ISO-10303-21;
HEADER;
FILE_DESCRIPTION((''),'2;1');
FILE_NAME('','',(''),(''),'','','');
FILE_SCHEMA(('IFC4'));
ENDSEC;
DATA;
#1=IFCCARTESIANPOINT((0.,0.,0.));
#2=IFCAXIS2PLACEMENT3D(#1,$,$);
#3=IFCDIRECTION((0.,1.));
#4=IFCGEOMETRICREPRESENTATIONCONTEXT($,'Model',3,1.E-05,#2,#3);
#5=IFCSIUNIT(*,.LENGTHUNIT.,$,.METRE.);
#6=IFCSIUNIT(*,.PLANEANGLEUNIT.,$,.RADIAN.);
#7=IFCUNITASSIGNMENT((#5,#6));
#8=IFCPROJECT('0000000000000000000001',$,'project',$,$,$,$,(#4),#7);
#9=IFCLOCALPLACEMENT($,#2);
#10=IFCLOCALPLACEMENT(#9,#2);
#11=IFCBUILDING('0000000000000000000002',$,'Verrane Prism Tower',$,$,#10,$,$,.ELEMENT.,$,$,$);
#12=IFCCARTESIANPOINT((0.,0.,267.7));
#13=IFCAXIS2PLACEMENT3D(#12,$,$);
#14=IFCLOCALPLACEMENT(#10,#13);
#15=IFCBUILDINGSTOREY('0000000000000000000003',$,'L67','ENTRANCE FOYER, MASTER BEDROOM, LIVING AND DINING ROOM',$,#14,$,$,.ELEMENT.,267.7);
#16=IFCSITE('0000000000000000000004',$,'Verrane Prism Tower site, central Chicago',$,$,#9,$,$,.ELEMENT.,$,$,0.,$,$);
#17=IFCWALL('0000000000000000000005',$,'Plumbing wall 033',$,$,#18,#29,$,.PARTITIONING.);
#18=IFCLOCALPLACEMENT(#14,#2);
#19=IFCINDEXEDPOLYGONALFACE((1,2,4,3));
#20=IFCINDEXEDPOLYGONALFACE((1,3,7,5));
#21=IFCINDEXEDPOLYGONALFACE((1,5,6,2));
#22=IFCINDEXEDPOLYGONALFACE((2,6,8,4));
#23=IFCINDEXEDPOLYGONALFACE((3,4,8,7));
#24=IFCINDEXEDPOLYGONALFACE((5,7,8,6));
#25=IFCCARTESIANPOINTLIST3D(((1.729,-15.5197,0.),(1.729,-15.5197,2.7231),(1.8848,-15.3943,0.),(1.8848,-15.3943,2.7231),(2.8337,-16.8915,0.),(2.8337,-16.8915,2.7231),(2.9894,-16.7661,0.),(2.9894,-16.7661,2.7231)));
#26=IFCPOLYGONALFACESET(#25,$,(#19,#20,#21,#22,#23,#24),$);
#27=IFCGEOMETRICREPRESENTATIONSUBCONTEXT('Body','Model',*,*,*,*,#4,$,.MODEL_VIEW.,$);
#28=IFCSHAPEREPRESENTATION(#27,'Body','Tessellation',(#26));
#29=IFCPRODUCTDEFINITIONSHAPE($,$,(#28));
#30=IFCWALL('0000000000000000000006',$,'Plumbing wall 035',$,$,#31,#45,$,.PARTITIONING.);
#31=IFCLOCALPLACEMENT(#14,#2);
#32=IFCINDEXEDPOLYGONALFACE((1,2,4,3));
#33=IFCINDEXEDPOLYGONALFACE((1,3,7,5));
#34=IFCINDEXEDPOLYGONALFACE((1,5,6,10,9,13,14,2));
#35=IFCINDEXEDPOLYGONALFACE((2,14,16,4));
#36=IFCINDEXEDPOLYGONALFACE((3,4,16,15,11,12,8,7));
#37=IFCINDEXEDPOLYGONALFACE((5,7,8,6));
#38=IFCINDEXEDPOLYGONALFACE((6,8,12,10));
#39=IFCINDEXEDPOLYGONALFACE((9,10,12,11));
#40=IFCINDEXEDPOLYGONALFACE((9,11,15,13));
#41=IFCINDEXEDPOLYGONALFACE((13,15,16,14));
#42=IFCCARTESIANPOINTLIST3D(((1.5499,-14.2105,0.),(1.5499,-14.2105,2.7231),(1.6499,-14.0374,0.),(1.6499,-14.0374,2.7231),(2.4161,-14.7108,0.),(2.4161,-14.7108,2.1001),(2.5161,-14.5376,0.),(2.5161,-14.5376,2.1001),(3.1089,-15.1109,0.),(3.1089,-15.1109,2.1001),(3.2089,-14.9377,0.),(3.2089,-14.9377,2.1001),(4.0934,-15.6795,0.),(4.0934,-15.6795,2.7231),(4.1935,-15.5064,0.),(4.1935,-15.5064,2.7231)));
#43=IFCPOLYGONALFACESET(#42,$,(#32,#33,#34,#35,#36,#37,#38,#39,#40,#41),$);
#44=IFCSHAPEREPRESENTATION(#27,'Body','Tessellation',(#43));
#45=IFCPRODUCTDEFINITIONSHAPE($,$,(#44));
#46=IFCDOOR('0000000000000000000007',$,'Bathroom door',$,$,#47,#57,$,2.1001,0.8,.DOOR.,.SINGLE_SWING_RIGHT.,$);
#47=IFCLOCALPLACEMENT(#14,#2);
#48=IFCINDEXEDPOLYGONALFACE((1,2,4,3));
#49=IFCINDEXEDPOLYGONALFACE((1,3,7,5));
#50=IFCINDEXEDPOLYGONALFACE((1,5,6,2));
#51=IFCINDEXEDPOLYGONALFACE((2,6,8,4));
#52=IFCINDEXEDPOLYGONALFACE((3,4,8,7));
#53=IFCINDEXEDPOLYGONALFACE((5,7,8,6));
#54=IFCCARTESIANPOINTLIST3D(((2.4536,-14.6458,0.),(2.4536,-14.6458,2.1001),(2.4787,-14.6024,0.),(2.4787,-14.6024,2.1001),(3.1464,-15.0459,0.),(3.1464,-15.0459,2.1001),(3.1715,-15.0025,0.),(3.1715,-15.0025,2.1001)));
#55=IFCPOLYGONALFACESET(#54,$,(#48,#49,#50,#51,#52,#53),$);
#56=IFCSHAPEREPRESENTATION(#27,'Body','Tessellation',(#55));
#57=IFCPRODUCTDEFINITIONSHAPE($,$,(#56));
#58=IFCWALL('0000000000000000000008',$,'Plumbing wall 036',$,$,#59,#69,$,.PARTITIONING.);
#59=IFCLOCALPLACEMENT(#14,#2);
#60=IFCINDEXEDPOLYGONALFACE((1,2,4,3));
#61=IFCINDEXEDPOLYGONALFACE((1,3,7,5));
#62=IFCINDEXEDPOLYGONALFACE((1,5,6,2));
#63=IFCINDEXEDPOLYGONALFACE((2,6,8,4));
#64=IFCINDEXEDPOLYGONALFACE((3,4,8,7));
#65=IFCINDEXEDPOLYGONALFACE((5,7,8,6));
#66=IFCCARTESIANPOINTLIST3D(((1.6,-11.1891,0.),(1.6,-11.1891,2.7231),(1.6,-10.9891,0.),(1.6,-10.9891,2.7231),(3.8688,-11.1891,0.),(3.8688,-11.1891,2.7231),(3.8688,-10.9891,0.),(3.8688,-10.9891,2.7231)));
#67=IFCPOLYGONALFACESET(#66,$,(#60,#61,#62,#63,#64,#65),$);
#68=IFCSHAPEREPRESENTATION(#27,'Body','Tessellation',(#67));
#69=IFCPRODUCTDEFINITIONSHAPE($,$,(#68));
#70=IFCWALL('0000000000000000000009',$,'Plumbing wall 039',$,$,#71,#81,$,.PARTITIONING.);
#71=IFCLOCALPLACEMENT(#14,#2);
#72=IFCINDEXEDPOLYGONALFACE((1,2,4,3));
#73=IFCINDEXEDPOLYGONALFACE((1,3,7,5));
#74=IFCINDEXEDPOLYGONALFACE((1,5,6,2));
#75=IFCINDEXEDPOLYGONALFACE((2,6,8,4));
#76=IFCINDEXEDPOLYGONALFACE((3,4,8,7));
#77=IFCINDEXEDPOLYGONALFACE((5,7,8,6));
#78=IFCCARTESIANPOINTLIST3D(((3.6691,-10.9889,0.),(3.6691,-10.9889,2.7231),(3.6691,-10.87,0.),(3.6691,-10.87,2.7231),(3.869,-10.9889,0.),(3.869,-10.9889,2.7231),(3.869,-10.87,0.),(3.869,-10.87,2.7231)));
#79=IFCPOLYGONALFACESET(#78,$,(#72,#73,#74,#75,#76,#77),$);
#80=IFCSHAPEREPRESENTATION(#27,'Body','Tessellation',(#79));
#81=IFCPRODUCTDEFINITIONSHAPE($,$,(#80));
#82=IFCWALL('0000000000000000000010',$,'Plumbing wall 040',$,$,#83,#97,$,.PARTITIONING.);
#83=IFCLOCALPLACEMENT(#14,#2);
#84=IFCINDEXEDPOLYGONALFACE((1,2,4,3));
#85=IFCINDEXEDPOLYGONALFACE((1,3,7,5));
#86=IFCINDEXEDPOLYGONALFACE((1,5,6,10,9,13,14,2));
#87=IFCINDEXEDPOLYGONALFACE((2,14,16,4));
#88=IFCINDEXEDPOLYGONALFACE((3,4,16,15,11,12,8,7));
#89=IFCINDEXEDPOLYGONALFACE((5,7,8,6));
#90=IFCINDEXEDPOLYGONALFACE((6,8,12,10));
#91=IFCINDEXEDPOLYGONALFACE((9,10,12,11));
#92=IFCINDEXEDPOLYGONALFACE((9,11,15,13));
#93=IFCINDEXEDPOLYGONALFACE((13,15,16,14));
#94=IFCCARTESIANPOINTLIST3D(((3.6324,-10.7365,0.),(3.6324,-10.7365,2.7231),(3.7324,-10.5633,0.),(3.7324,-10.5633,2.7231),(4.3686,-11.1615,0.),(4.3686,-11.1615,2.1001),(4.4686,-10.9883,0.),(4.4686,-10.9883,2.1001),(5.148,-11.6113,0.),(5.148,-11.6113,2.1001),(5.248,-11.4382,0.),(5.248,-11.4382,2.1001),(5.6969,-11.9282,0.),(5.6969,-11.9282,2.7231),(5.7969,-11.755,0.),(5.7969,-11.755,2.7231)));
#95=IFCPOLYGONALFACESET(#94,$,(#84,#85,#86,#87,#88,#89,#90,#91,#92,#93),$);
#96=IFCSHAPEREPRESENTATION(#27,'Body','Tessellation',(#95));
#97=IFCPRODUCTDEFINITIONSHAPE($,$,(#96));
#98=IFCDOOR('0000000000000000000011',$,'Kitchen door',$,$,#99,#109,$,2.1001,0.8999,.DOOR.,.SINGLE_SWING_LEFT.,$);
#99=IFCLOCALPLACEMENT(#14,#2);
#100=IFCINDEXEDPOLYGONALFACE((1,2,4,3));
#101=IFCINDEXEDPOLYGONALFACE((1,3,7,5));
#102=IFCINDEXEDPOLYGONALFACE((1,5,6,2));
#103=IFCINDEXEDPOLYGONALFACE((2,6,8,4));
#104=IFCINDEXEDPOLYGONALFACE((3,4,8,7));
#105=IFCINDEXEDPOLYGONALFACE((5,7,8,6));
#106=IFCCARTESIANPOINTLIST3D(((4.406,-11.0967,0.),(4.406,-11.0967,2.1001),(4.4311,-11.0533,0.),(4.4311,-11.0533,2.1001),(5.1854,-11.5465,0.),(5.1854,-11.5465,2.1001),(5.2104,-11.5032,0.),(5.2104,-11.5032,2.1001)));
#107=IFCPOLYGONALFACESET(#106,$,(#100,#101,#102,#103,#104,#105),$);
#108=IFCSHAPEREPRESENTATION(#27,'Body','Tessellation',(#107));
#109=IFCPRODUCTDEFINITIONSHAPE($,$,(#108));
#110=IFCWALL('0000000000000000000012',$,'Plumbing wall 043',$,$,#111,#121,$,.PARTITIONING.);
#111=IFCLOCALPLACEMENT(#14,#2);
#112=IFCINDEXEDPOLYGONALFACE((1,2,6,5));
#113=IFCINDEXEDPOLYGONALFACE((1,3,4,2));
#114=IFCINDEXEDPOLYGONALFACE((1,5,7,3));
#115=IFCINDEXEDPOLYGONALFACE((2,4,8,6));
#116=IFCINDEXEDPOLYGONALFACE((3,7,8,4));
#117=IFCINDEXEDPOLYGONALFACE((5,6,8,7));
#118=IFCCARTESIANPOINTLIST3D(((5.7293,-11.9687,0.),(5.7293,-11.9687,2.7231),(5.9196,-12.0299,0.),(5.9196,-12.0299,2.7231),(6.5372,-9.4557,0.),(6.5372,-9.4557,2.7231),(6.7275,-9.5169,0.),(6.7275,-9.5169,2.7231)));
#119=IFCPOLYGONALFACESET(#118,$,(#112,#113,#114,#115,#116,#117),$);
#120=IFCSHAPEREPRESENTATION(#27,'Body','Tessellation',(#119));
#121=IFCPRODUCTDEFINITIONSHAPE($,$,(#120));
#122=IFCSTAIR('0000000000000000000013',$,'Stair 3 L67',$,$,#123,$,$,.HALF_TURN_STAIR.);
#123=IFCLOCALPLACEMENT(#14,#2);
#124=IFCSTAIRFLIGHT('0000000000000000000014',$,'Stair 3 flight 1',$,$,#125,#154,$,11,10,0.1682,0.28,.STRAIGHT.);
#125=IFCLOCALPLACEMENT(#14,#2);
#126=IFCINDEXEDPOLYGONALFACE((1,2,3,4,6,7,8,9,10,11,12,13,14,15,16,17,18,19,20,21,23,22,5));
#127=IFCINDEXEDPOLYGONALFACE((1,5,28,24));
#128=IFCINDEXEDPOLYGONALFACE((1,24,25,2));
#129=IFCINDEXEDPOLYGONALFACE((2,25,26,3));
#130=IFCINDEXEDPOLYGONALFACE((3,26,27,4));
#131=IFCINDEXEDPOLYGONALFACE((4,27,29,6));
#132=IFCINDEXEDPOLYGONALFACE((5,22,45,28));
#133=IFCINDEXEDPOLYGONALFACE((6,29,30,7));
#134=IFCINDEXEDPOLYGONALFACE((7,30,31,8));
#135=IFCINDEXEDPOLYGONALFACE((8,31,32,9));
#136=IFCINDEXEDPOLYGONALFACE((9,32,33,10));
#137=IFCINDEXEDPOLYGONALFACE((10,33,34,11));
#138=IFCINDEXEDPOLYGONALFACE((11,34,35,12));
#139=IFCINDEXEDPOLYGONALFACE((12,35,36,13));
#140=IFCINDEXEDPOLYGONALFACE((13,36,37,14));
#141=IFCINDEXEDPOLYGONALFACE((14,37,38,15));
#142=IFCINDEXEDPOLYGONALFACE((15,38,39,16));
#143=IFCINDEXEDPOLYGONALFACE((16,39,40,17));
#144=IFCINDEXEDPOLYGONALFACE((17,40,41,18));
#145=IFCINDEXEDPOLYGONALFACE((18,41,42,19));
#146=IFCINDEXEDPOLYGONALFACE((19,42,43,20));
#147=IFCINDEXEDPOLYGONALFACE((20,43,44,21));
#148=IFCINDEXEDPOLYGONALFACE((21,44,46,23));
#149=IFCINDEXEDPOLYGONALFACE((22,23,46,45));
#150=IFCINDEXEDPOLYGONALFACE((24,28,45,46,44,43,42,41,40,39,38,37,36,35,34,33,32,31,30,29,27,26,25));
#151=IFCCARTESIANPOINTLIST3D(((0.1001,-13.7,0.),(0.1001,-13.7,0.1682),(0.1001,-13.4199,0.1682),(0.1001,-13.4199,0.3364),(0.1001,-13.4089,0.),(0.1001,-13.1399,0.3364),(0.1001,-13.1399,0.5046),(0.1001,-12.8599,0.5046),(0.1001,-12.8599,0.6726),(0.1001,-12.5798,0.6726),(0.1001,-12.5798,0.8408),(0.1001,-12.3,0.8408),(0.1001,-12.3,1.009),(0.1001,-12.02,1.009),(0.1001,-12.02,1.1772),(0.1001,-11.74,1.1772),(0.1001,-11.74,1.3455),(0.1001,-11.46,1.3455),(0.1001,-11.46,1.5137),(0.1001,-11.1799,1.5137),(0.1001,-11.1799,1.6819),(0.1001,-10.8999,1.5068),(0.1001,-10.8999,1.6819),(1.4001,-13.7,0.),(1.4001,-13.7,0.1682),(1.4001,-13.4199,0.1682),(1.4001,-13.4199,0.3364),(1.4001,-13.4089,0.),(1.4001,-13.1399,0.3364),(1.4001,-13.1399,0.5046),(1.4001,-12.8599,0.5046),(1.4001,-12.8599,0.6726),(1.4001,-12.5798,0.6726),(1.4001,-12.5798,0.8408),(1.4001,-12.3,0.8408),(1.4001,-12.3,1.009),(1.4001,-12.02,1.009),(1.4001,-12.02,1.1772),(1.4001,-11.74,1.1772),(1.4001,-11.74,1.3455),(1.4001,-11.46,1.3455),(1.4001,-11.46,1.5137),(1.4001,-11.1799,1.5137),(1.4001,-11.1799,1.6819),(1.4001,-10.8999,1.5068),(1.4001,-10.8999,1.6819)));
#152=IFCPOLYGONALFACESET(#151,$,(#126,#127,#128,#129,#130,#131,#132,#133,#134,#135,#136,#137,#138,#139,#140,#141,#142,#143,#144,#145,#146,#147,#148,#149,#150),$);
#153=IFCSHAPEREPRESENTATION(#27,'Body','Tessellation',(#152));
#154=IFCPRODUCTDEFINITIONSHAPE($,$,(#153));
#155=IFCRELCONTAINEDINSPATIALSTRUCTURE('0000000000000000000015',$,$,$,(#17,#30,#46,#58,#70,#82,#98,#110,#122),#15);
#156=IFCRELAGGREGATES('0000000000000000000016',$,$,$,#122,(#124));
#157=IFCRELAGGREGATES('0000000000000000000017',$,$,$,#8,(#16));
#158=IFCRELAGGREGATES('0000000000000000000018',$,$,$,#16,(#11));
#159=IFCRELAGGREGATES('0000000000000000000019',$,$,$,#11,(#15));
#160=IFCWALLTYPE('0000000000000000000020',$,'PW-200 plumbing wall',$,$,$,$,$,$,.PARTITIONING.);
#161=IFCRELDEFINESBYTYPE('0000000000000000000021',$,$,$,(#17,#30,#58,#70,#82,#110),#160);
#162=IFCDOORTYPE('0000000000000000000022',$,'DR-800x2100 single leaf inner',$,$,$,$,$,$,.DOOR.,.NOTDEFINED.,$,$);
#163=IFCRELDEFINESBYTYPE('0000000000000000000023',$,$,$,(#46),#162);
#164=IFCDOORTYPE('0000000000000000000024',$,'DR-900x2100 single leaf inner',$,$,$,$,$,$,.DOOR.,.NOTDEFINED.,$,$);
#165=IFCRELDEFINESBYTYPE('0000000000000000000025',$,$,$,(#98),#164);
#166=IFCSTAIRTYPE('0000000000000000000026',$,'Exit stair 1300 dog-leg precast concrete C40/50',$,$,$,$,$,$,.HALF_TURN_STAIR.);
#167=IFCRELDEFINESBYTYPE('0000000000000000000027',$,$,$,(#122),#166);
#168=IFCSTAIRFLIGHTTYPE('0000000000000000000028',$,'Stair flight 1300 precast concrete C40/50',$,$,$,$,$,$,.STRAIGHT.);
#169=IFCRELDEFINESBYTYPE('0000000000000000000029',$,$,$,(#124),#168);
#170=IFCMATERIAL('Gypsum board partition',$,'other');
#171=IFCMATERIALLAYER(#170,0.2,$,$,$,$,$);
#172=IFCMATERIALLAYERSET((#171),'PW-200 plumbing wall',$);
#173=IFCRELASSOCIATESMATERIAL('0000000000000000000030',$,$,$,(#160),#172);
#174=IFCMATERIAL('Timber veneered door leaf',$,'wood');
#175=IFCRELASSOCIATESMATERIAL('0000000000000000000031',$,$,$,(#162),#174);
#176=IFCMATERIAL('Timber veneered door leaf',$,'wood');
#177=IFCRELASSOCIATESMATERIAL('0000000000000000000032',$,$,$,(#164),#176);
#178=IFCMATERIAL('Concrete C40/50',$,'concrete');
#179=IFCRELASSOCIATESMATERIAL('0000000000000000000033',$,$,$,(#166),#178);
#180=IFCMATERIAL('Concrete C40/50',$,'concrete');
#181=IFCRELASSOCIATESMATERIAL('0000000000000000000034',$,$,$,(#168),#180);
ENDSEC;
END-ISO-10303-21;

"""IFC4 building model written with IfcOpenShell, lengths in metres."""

from ifc_helpers import new_model, si_unit, direction, frame, frame_2d, origin, place, context, subcontext, project, spatial, polyline, rectangle, outline, extrude, material, layer, layer_set, type_object, element, fill, aggregate, save


model = new_model("IFC4")

# Units and contexts
model_context = context("Model", 3, precision=1e-05, world=origin(), true_north=direction((0.0, 1.0)))
body_context = subcontext(model_context, "Body", "Model", "MODEL_VIEW")
ifc_project = project(units=[si_unit("LENGTHUNIT", "METRE"), si_unit("PLANEANGLEUNIT", "RADIAN")], contexts=[model_context])

# Site, building, storey
site_placement = place(None, origin())
site = spatial("IfcSite", under=ifc_project, at=site_placement, Name="Verrane Prism Tower site, central Chicago", CompositionType="ELEMENT", RefElevation=0.0)
building_placement = place(site_placement, origin())
building = spatial("IfcBuilding", under=site, at=building_placement, Name="Verrane Prism Tower", CompositionType="ELEMENT")
storey_placement = place(building_placement, frame((0.0, 0.0, 267.7)))
storey = spatial("IfcBuildingStorey", under=building, at=storey_placement, Name="L67", Description="ENTRANCE FOYER, MASTER BEDROOM, LIVING AND DINING ROOM", CompositionType="ELEMENT", Elevation=267.7)

# Wall
ifc_material_1 = material(Name="Gypsum board partition", Category="other")
ifc_layer_1 = layer(ifc_material_1, 0.2)
ifc_layer_set_1 = layer_set([ifc_layer_1], Name="PW-200 plumbing wall")
wall_type_1 = type_object("IfcWallType", Name="PW-200 plumbing wall", PredefinedType="PARTITIONING", material=ifc_layer_set_1)
wall_1_placement = place(storey_placement, frame((1.8069, -15.457, 0.0), z_axis=(0.0, 0.0, 1.0), x_axis=(0.62721, -0.77885, 0.0)))
element("IfcWall", 1, at=wall_1_placement, inside=storey, type_object=wall_type_1, Name="Plumbing wall 033", PredefinedType="PARTITIONING", context=body_context, shape_type="SweptSolid", body=[
    extrude(rectangle(XDim=1.7612, YDim=0.2, at=frame_2d((0.8806, 0.0))), origin(), (0.0, 0.0, 1.0), 2.7231),
])

# Wall, opening, door
wall_2_placement = place(storey_placement, frame((4.1436, -15.593, 0.0), z_axis=(0.0, 0.0, 1.0), x_axis=(-0.865947, 0.500135, 0.0)))
wall_2 = element("IfcWall", 2, at=wall_2_placement, inside=storey, type_object=wall_type_1, Name="Plumbing wall 035", PredefinedType="PARTITIONING", context=body_context, shape_type="SweptSolid", body=[
    extrude(rectangle(XDim=2.9373, YDim=0.2, at=frame_2d((1.4688, 0.0))), origin(), (0.0, 0.0, 1.0), 2.7231),
])
opening_1_placement = place(wall_2_placement, frame((1.1372, 0.0, 0.0)))
opening_1 = element("IfcOpeningElement", 3, at=opening_1_placement, cuts=wall_2, PredefinedType="OPENING", context=body_context, shape_type="SweptSolid", body=[
    extrude(rectangle(XDim=0.8, YDim=2.1001, at=frame_2d((0.3999, 1.05))), frame((0.0, 0.1099, 0.0), z_axis=(0.0, -1.0, 0.0), x_axis=(1.0, 0.0, 0.0)), (0.0, 0.0, 1.0), 0.22),
])
ifc_material_2 = material(Name="Timber veneered door leaf", Category="wood")
door_type_1 = type_object("IfcDoorType", Name="DR-800x2100 single leaf inner", OperationType="NOTDEFINED", PredefinedType="DOOR", material=ifc_material_2)
door_1_placement = place(opening_1_placement, origin())
door_1 = element("IfcDoor", 4, at=door_1_placement, inside=storey, type_object=door_type_1, Name="Bathroom door", OperationType="SINGLE_SWING_RIGHT", OverallHeight=2.1001, OverallWidth=0.8, PredefinedType="DOOR", context=body_context, shape_type="SweptSolid", body=[
    extrude(rectangle(XDim=0.8, YDim=2.1001, at=frame_2d((0.3999, 1.05))), frame((0.0, 0.0249, 0.0), z_axis=(0.0, -1.0, 0.0), x_axis=(1.0, 0.0, 0.0)), (0.0, 0.0, 1.0), 0.05),
])
fill(opening_1, door_1)

# Walls
wall_3_placement = place(storey_placement, frame((1.6001, -11.0891, 0.0), z_axis=(0.0, 0.0, 1.0), x_axis=(1.0, 0.0, 0.0)))
element("IfcWall", 5, at=wall_3_placement, inside=storey, type_object=wall_type_1, Name="Plumbing wall 036", PredefinedType="PARTITIONING", context=body_context, shape_type="SweptSolid", body=[
    extrude(rectangle(XDim=2.2688, YDim=0.2, at=frame_2d((1.1343, 0.0))), origin(), (0.0, 0.0, 1.0), 2.7231),
])
wall_4_placement = place(storey_placement, frame((3.769, -10.989, 0.0), z_axis=(0.0, 0.0, 1.0), x_axis=(0.0, 1.0, 0.0)))
element("IfcWall", 6, at=wall_4_placement, inside=storey, type_object=wall_type_1, Name="Plumbing wall 039", PredefinedType="PARTITIONING", context=body_context, shape_type="SweptSolid", body=[
    extrude(rectangle(XDim=0.1189, YDim=0.2, at=frame_2d((0.0596, 0.0))), origin(), (0.0, 0.0, 1.0), 2.7231),
])

# Wall, opening, door
wall_5_placement = place(storey_placement, frame((3.6824, -10.6499, 0.0), z_axis=(0.0, 0.0, 1.0), x_axis=(0.866073, -0.499918, 0.0)))
wall_5 = element("IfcWall", 7, at=wall_5_placement, inside=storey, type_object=wall_type_1, Name="Plumbing wall 040", PredefinedType="PARTITIONING", context=body_context, shape_type="SweptSolid", body=[
    extrude(rectangle(XDim=2.3838, YDim=0.2, at=frame_2d((1.1919, 0.0))), origin(), (0.0, 0.0, 1.0), 2.7231),
])
opening_2_placement = place(wall_5_placement, frame((0.8501, 0.0, 0.0)))
opening_2 = element("IfcOpeningElement", 8, at=opening_2_placement, cuts=wall_5, PredefinedType="OPENING", context=body_context, shape_type="SweptSolid", body=[
    extrude(rectangle(XDim=0.8999, YDim=2.1001, at=frame_2d((0.45, 1.05))), frame((0.0, 0.1099, 0.0), z_axis=(0.0, -1.0, 0.0), x_axis=(1.0, 0.0, 0.0)), (0.0, 0.0, 1.0), 0.22),
])
ifc_material_3 = material(Name="Timber veneered door leaf", Category="wood")
door_type_2 = type_object("IfcDoorType", Name="DR-900x2100 single leaf inner", OperationType="NOTDEFINED", PredefinedType="DOOR", material=ifc_material_3)
door_2_placement = place(opening_2_placement, origin())
door_2 = element("IfcDoor", 9, at=door_2_placement, inside=storey, type_object=door_type_2, Name="Kitchen door", OperationType="SINGLE_SWING_LEFT", OverallHeight=2.1001, OverallWidth=0.8999, PredefinedType="DOOR", context=body_context, shape_type="SweptSolid", body=[
    extrude(rectangle(XDim=0.8999, YDim=2.1001, at=frame_2d((0.45, 1.05))), frame((0.0, 0.0249, 0.0), z_axis=(0.0, -1.0, 0.0), x_axis=(1.0, 0.0, 0.0)), (0.0, 0.0, 1.0), 0.05),
])
fill(opening_2, door_2)

# Wall
wall_6_placement = place(storey_placement, frame((5.8245, -11.9993, 0.0), z_axis=(0.0, 0.0, 1.0), x_axis=(0.306054, 0.952014, 0.0)))
element("IfcWall", 10, at=wall_6_placement, inside=storey, type_object=wall_type_1, Name="Plumbing wall 043", PredefinedType="PARTITIONING", context=body_context, shape_type="SweptSolid", body=[
    extrude(rectangle(XDim=2.6396, YDim=0.2, at=frame_2d((1.3198, 0.0))), origin(), (0.0, 0.0, 1.0), 2.7231),
])

# Stair, stair flight
ifc_material_4 = material(Name="Concrete C40/50", Category="concrete")
stair_type = type_object("IfcStairType", Name="Exit stair 1300 dog-leg precast concrete C40/50", PredefinedType="HALF_TURN_STAIR", material=ifc_material_4)
stair_placement = place(storey_placement, origin())
stair = element("IfcStair", 11, at=stair_placement, inside=storey, type_object=stair_type, Name="Stair 3 L67", PredefinedType="HALF_TURN_STAIR")
ifc_material_5 = material(Name="Concrete C40/50", Category="concrete")
stair_flight_type = type_object("IfcStairFlightType", Name="Stair flight 1300 precast concrete C40/50", PredefinedType="STRAIGHT", material=ifc_material_5)
stair_flight_placement = place(storey_placement, frame((0.75, -13.7, 0.0), z_axis=(0.0, 0.0, 1.0), x_axis=(0.0, 1.0, 0.0)))
stair_flight = element("IfcStairFlight", 12, at=stair_flight_placement, type_object=stair_flight_type, Name="Stair 3 flight 1", NumberOfRisers=11, NumberOfTreads=10, PredefinedType="STRAIGHT", RiserHeight=0.1682, TreadLength=0.28, context=body_context, shape_type="SweptSolid", body=[
    extrude(outline(polyline([(0.0, 0.0), (0.0, 0.1682), (0.28, 0.1682), (0.28, 0.3364), (0.5601, 0.3364), (0.5601, 0.5046), (0.8401, 0.5046), (0.8401, 0.6726), (1.1201, 0.6726), (1.1201, 0.8408), (1.3999, 0.8408), (1.3999, 1.009), (1.6799, 1.009), (1.6799, 1.1772), (1.96, 1.1772), (1.96, 1.3455), (2.24, 1.3455), (2.24, 1.5137), (2.52, 1.5137), (2.52, 1.6819), (2.8, 1.6819), (2.8, 1.8501), (2.8, 1.5068), (0.291, 0.0), (0.0, 0.0)])), frame((0.0, 0.6499, 0.0), z_axis=(0.0, -1.0, 0.0), x_axis=(1.0, 0.0, 0.0)), (0.0, 0.0, 1.0), 1.3),
])
aggregate(stair, [stair_flight])

save(model, "model.ifc")
